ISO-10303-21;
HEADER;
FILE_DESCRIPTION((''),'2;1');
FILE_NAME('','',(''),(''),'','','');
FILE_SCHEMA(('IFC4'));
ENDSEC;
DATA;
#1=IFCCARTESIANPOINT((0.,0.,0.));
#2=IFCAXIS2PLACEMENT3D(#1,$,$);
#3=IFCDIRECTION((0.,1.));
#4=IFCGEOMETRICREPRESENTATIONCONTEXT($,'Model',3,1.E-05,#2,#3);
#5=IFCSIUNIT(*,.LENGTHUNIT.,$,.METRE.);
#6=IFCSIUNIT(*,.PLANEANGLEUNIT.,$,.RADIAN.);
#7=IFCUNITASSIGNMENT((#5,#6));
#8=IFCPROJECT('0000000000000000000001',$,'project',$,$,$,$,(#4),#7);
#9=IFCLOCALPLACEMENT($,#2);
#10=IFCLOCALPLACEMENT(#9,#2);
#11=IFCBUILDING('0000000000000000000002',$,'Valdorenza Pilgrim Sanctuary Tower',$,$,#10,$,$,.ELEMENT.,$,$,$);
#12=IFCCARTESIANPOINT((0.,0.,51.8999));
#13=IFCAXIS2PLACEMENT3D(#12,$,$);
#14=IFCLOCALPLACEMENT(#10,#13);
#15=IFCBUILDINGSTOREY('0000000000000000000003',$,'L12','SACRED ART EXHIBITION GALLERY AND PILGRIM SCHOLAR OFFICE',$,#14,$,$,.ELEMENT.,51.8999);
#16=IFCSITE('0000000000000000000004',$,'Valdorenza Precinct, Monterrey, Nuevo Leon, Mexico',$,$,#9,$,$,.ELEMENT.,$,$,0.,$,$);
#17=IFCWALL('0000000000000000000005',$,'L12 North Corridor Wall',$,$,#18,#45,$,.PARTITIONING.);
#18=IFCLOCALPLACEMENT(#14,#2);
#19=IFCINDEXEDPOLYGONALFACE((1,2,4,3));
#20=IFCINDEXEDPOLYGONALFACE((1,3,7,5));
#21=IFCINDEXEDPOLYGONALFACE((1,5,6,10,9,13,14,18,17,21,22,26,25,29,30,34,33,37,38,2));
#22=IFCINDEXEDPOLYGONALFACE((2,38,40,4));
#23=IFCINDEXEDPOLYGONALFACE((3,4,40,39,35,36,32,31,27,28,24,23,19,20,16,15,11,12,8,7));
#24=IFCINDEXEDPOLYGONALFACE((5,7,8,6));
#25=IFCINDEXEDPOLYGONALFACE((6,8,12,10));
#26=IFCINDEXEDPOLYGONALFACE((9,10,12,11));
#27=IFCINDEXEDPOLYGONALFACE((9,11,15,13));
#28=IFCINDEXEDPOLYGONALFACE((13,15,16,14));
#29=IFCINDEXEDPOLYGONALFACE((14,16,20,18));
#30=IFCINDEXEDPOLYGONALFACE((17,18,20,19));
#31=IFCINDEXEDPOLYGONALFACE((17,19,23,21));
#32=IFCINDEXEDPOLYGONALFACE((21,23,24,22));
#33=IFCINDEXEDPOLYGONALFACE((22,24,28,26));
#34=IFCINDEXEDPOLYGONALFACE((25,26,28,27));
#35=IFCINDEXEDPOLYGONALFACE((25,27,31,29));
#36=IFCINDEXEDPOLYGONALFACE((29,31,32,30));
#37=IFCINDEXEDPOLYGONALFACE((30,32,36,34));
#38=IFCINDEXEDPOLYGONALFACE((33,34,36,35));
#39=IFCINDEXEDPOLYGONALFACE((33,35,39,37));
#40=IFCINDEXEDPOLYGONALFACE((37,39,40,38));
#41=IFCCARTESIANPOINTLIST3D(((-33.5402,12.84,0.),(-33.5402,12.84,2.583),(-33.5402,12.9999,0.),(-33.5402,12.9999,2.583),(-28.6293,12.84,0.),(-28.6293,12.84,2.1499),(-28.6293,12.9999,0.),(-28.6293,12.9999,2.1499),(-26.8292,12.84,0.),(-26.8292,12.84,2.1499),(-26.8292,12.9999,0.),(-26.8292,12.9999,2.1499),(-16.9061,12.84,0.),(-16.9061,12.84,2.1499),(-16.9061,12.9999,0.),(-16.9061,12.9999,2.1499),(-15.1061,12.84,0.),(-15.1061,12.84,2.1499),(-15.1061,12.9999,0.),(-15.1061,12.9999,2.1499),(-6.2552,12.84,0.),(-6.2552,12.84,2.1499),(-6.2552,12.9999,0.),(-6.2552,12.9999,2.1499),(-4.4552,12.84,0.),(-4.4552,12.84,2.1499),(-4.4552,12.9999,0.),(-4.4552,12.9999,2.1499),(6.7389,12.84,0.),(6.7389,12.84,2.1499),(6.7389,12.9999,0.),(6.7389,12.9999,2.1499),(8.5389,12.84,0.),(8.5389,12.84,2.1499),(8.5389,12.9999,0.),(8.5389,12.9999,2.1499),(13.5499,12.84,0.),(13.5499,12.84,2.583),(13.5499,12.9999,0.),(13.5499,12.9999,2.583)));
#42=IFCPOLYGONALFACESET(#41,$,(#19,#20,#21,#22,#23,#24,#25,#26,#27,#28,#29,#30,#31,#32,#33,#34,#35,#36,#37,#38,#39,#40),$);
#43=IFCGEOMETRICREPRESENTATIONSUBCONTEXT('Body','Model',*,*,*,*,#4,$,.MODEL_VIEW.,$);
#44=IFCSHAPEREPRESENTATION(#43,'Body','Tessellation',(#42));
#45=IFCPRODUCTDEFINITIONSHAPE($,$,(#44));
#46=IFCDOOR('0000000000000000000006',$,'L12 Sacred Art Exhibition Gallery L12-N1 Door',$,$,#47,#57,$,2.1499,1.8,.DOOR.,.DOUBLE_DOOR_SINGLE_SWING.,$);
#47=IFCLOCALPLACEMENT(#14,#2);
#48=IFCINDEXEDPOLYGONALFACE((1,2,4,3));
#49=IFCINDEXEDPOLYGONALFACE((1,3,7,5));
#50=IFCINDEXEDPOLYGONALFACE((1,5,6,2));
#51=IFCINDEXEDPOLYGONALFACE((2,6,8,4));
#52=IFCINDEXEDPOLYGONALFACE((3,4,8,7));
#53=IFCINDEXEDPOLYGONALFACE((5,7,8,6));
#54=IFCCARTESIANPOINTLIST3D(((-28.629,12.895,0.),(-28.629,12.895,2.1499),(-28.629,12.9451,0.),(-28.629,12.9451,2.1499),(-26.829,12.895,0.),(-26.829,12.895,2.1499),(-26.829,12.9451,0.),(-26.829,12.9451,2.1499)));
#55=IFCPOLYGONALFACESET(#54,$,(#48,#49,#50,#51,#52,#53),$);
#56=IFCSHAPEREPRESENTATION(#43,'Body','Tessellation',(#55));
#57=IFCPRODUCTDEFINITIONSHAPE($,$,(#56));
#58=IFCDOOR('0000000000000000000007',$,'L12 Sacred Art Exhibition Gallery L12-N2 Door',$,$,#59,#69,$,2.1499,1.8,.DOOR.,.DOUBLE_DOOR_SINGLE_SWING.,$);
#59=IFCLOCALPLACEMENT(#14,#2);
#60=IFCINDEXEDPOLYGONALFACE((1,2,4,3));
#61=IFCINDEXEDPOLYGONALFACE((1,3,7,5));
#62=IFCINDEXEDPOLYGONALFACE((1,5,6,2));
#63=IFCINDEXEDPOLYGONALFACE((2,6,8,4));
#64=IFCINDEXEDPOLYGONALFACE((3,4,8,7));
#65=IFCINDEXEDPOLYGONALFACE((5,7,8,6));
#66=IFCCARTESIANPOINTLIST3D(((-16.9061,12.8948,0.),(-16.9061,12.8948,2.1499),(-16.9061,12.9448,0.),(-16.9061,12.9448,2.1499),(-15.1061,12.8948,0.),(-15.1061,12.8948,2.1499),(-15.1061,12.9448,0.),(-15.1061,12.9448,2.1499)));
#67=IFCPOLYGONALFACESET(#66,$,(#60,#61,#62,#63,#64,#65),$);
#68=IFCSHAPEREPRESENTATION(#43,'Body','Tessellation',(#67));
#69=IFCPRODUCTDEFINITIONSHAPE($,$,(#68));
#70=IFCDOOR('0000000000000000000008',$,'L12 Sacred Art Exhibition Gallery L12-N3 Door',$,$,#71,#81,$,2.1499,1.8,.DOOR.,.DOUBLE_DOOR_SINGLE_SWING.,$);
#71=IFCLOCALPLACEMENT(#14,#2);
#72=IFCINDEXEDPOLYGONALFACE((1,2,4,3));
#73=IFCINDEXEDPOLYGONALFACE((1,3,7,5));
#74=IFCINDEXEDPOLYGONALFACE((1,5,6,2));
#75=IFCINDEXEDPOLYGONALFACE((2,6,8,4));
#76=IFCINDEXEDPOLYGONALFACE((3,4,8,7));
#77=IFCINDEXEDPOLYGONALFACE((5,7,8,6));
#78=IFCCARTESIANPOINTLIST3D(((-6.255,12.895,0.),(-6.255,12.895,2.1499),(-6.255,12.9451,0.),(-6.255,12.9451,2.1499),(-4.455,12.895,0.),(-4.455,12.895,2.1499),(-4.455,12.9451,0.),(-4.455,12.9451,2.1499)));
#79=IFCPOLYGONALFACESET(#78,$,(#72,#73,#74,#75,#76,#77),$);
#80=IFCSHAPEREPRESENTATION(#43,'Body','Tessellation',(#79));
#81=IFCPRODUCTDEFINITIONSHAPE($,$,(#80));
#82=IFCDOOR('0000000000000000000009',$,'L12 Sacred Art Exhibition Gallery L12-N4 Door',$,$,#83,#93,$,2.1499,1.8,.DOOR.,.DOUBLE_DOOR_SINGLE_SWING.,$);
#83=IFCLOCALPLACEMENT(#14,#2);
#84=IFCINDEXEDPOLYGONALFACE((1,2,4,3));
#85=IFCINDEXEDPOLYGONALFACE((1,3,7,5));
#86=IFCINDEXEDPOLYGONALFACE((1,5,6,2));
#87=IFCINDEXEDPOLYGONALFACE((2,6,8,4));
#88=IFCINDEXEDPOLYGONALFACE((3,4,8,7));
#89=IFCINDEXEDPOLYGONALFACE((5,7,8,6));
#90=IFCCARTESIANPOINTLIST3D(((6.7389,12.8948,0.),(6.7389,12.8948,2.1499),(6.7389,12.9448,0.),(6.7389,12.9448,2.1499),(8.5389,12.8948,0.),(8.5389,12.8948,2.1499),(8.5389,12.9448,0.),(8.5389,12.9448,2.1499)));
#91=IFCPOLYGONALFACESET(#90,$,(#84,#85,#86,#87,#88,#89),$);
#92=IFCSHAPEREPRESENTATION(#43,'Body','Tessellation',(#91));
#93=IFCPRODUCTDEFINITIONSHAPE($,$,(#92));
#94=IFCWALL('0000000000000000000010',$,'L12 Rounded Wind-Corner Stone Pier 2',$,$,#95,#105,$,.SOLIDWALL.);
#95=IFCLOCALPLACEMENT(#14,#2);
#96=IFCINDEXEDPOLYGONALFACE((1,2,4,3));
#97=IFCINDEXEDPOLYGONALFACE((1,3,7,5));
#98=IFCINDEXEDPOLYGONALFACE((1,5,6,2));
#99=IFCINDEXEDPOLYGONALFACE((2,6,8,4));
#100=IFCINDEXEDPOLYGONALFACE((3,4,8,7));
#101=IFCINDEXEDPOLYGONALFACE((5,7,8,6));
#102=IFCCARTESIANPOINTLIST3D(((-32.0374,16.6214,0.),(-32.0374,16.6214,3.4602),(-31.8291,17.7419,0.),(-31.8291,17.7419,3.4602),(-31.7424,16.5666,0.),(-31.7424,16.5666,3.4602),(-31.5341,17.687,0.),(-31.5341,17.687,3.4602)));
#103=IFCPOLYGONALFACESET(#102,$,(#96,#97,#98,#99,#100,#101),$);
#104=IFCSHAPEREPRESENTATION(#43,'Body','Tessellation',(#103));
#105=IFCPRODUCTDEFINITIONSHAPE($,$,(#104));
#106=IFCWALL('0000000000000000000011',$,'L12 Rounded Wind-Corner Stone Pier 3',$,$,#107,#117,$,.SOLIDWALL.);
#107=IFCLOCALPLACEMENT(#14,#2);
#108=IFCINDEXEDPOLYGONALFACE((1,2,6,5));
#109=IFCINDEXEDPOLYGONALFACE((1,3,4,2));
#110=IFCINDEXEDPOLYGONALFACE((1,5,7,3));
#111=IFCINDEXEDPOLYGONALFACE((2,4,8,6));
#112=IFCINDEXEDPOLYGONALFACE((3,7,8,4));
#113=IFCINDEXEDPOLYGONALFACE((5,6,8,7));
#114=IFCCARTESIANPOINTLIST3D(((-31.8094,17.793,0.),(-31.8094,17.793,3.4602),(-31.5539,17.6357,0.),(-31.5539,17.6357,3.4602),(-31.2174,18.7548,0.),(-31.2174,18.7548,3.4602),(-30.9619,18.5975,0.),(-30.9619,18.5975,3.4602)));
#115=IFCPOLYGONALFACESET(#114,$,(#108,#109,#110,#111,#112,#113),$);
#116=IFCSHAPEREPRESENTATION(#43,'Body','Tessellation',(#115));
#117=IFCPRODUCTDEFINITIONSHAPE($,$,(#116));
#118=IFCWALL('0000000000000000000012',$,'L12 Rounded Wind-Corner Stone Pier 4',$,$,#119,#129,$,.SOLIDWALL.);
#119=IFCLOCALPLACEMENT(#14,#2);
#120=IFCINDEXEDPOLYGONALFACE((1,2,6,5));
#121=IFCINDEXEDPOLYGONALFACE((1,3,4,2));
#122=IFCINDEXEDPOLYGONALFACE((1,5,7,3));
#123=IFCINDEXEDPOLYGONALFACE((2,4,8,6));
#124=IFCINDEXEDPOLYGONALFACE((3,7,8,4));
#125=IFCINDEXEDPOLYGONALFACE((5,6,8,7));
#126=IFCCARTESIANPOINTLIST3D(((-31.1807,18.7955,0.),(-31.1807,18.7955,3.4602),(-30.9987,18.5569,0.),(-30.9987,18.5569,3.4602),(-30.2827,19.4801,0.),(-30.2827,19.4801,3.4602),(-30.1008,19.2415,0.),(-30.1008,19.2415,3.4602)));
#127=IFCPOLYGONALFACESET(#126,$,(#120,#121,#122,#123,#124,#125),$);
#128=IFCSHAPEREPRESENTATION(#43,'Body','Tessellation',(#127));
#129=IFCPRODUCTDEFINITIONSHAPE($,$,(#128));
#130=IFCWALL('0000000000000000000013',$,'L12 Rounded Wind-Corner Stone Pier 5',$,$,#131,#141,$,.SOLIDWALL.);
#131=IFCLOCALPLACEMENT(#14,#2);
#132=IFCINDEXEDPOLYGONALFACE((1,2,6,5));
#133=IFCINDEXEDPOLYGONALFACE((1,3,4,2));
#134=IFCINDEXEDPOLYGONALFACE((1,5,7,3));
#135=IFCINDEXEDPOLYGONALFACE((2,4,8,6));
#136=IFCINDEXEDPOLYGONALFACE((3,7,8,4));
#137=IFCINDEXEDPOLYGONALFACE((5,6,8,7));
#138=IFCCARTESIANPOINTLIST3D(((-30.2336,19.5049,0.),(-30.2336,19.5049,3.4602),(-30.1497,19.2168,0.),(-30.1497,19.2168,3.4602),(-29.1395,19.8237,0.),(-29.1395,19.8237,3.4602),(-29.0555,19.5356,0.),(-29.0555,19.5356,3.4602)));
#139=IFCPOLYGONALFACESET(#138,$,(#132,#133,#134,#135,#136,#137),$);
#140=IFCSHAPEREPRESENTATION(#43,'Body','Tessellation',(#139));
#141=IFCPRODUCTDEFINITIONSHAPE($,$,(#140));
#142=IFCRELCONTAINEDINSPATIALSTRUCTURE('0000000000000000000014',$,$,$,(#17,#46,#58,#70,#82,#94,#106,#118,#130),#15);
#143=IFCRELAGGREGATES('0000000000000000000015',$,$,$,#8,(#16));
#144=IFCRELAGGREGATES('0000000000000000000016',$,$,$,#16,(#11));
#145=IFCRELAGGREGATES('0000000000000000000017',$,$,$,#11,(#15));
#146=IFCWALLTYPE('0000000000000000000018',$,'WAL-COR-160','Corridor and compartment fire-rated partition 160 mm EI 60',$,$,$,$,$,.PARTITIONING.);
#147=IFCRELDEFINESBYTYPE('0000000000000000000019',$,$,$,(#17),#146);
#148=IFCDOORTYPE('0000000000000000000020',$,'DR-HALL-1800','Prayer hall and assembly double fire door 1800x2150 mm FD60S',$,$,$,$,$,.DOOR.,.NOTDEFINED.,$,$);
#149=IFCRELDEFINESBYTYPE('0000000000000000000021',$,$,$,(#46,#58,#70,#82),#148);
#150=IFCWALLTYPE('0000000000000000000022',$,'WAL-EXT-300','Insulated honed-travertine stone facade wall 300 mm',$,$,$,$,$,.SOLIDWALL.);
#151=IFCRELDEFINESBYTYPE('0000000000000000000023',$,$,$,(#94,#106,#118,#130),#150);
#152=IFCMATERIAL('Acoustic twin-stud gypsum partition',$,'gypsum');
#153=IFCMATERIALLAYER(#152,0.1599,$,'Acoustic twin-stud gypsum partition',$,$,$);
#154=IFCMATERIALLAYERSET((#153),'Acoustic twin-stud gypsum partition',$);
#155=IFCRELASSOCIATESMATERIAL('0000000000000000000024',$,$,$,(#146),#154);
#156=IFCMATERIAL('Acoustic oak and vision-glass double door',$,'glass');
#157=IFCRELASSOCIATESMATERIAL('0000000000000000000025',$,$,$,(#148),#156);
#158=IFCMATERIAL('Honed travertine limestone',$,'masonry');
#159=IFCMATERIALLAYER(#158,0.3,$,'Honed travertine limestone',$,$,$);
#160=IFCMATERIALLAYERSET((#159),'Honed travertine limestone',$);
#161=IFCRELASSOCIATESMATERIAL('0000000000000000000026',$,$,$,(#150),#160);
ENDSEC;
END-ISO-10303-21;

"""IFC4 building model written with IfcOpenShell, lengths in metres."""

from ifc_helpers import new_model, si_unit, direction, frame, frame_2d, origin, place, context, subcontext, project, spatial, rectangle, extrude, material, layer, layer_set, type_object, element, fill, save


model = new_model("IFC4")

# Units and contexts
model_context = context("Model", 3, precision=1e-05, world=origin(), true_north=direction((0.0, 1.0)))
body_context = subcontext(model_context, "Body", "Model", "MODEL_VIEW")
ifc_project = project(units=[si_unit("LENGTHUNIT", "METRE"), si_unit("PLANEANGLEUNIT", "RADIAN")], contexts=[model_context])

# Site, building, storey
site_placement = place(None, origin())
site = spatial("IfcSite", under=ifc_project, at=site_placement, Name="Valdorenza Precinct, Monterrey, Nuevo Leon, Mexico", CompositionType="ELEMENT", RefElevation=0.0)
building_placement = place(site_placement, origin())
building = spatial("IfcBuilding", under=site, at=building_placement, Name="Valdorenza Pilgrim Sanctuary Tower", CompositionType="ELEMENT")
storey_placement = place(building_placement, frame((0.0, 0.0, 51.8999)))
storey = spatial("IfcBuildingStorey", under=building, at=storey_placement, Name="L12", Description="SACRED ART EXHIBITION GALLERY AND PILGRIM SCHOLAR OFFICE", CompositionType="ELEMENT", Elevation=51.8999)

# Shared definitions
ifc_material_1 = material(Name="Honed travertine limestone", Category="masonry")

# Wall, openings, doors
ifc_material_2 = material(Name="Acoustic twin-stud gypsum partition", Category="gypsum")
ifc_layer_1 = layer(ifc_material_2, 0.1599, Name="Acoustic twin-stud gypsum partition")
ifc_layer_set_1 = layer_set([ifc_layer_1], Name="Acoustic twin-stud gypsum partition")
wall_type_1 = type_object("IfcWallType", Name="WAL-COR-160", Description="Corridor and compartment fire-rated partition 160 mm EI 60", PredefinedType="PARTITIONING", material=ifc_layer_set_1)
wall_1_placement = place(storey_placement, frame((-33.54, 12.9199, 0.0), z_axis=(0.0, 0.0, 1.0), x_axis=(1.0, 0.0, 0.0)))
wall_1 = element("IfcWall", 1, at=wall_1_placement, inside=storey, type_object=wall_type_1, Name="L12 North Corridor Wall", PredefinedType="PARTITIONING", context=body_context, shape_type="SweptSolid", body=[
    extrude(rectangle(XDim=47.0901, YDim=0.1599, at=frame_2d((23.5449, 0.0))), origin(), (0.0, 0.0, 1.0), 2.583),
])
opening_1_placement = place(wall_1_placement, frame((4.9109, 0.0, 0.0)))
opening_1 = element("IfcOpeningElement", 2, at=opening_1_placement, cuts=wall_1, PredefinedType="OPENING", context=body_context, shape_type="SweptSolid", body=[
    extrude(rectangle(XDim=1.8, YDim=2.1499, at=frame_2d((0.8999, 1.075))), frame((0.0, 0.0947, 0.0), z_axis=(0.0, -1.0, 0.0), x_axis=(1.0, 0.0, 0.0)), (0.0, 0.0, 1.0), 0.1897),
])
opening_2_placement = place(wall_1_placement, frame((16.634, 0.0, 0.0)))
opening_2 = element("IfcOpeningElement", 3, at=opening_2_placement, cuts=wall_1, PredefinedType="OPENING", context=body_context, shape_type="SweptSolid", body=[
    extrude(rectangle(XDim=1.8, YDim=2.1499, at=frame_2d((0.8999, 1.075))), frame((0.0, 0.0947, 0.0), z_axis=(0.0, -1.0, 0.0), x_axis=(1.0, 0.0, 0.0)), (0.0, 0.0, 1.0), 0.1897),
])
opening_3_placement = place(wall_1_placement, frame((27.2849, 0.0, 0.0)))
opening_3 = element("IfcOpeningElement", 4, at=opening_3_placement, cuts=wall_1, PredefinedType="OPENING", context=body_context, shape_type="SweptSolid", body=[
    extrude(rectangle(XDim=1.8, YDim=2.1499, at=frame_2d((0.8999, 1.075))), frame((0.0, 0.0947, 0.0), z_axis=(0.0, -1.0, 0.0), x_axis=(1.0, 0.0, 0.0)), (0.0, 0.0, 1.0), 0.1897),
])
opening_4_placement = place(wall_1_placement, frame((40.2791, 0.0, 0.0)))
opening_4 = element("IfcOpeningElement", 5, at=opening_4_placement, cuts=wall_1, PredefinedType="OPENING", context=body_context, shape_type="SweptSolid", body=[
    extrude(rectangle(XDim=1.8, YDim=2.1499, at=frame_2d((0.8999, 1.075))), frame((0.0, 0.0947, 0.0), z_axis=(0.0, -1.0, 0.0), x_axis=(1.0, 0.0, 0.0)), (0.0, 0.0, 1.0), 0.1897),
])
ifc_material_3 = material(Name="Acoustic oak and vision-glass double door", Category="glass")
door_type = type_object("IfcDoorType", Name="DR-HALL-1800", Description="Prayer hall and assembly double fire door 1800x2150 mm FD60S", OperationType="NOTDEFINED", PredefinedType="DOOR", material=ifc_material_3)
door_1_placement = place(opening_1_placement, frame((1.8, 0.0, 0.0), z_axis=(0.0, 0.0, 1.0), x_axis=(-1.0, 0.0, 0.0)))
door_1 = element("IfcDoor", 6, at=door_1_placement, inside=storey, type_object=door_type, Name="L12 Sacred Art Exhibition Gallery L12-N1 Door", OperationType="DOUBLE_DOOR_SINGLE_SWING", OverallHeight=2.1499, OverallWidth=1.8, PredefinedType="DOOR", context=body_context, shape_type="SweptSolid", body=[
    extrude(rectangle(XDim=1.8, YDim=2.1499, at=frame_2d((0.8999, 1.075))), frame((0.0, 0.0249, 0.0), z_axis=(0.0, -1.0, 0.0), x_axis=(1.0, 0.0, 0.0)), (0.0, 0.0, 1.0), 0.05),
])
fill(opening_1, door_1)
door_2_placement = place(opening_2_placement, origin())
door_2 = element("IfcDoor", 7, at=door_2_placement, inside=storey, type_object=door_type, Name="L12 Sacred Art Exhibition Gallery L12-N2 Door", OperationType="DOUBLE_DOOR_SINGLE_SWING", OverallHeight=2.1499, OverallWidth=1.8, PredefinedType="DOOR", context=body_context, shape_type="SweptSolid", body=[
    extrude(rectangle(XDim=1.8, YDim=2.1499, at=frame_2d((0.8999, 1.075))), frame((0.0, 0.0249, 0.0), z_axis=(0.0, -1.0, 0.0), x_axis=(1.0, 0.0, 0.0)), (0.0, 0.0, 1.0), 0.05),
])
fill(opening_2, door_2)
door_3_placement = place(opening_3_placement, frame((1.8, 0.0, 0.0), z_axis=(0.0, 0.0, 1.0), x_axis=(-1.0, 0.0, 0.0)))
door_3 = element("IfcDoor", 8, at=door_3_placement, inside=storey, type_object=door_type, Name="L12 Sacred Art Exhibition Gallery L12-N3 Door", OperationType="DOUBLE_DOOR_SINGLE_SWING", OverallHeight=2.1499, OverallWidth=1.8, PredefinedType="DOOR", context=body_context, shape_type="SweptSolid", body=[
    extrude(rectangle(XDim=1.8, YDim=2.1499, at=frame_2d((0.8999, 1.075))), frame((0.0, 0.0249, 0.0), z_axis=(0.0, -1.0, 0.0), x_axis=(1.0, 0.0, 0.0)), (0.0, 0.0, 1.0), 0.05),
])
fill(opening_3, door_3)
door_4_placement = place(opening_4_placement, origin())
door_4 = element("IfcDoor", 9, at=door_4_placement, inside=storey, type_object=door_type, Name="L12 Sacred Art Exhibition Gallery L12-N4 Door", OperationType="DOUBLE_DOOR_SINGLE_SWING", OverallHeight=2.1499, OverallWidth=1.8, PredefinedType="DOOR", context=body_context, shape_type="SweptSolid", body=[
    extrude(rectangle(XDim=1.8, YDim=2.1499, at=frame_2d((0.8999, 1.075))), frame((0.0, 0.0249, 0.0), z_axis=(0.0, -1.0, 0.0), x_axis=(1.0, 0.0, 0.0)), (0.0, 0.0, 1.0), 0.05),
])
fill(opening_4, door_4)

# Walls
ifc_layer_2 = layer(ifc_material_1, 0.3, Name="Honed travertine limestone")
ifc_layer_set_2 = layer_set([ifc_layer_2], Name="Honed travertine limestone")
wall_type_2 = type_object("IfcWallType", Name="WAL-EXT-300", Description="Insulated honed-travertine stone facade wall 300 mm", PredefinedType="SOLIDWALL", material=ifc_layer_set_2)
wall_2_placement = place(storey_placement, frame((-31.8899, 16.594, 0.0), z_axis=(0.0, 0.0, 1.0), x_axis=(0.182749, 0.98316, 0.0)))
element("IfcWall", 10, at=wall_2_placement, inside=storey, type_object=wall_type_2, Name="L12 Rounded Wind-Corner Stone Pier 2", PredefinedType="SOLIDWALL", context=body_context, shape_type="SweptSolid", body=[
    extrude(rectangle(XDim=1.1396, YDim=0.3, at=frame_2d((0.5698, 0.0))), origin(), (0.0, 0.0, 1.0), 3.4602),
])
wall_3_placement = place(storey_placement, frame((-31.6816, 17.7144, 0.0), z_axis=(0.0, 0.0, 1.0), x_axis=(0.524158, 0.851621, 0.0)))
element("IfcWall", 11, at=wall_3_placement, inside=storey, type_object=wall_type_2, Name="L12 Rounded Wind-Corner Stone Pier 3", PredefinedType="SOLIDWALL", context=body_context, shape_type="SweptSolid", body=[
    extrude(rectangle(XDim=1.1294, YDim=0.3, at=frame_2d((0.5647, 0.0))), origin(), (0.0, 0.0, 1.0), 3.4602),
])
wall_4_placement = place(storey_placement, frame((-31.0896, 18.6763, 0.0), z_axis=(0.0, 0.0, 1.0), x_axis=(0.795253, 0.606278, 0.0)))
element("IfcWall", 12, at=wall_4_placement, inside=storey, type_object=wall_type_2, Name="L12 Rounded Wind-Corner Stone Pier 4", PredefinedType="SOLIDWALL", context=body_context, shape_type="SweptSolid", body=[
    extrude(rectangle(XDim=1.1292, YDim=0.3, at=frame_2d((0.5645, 0.0))), origin(), (0.0, 0.0, 1.0), 3.4602),
])
wall_5_placement = place(storey_placement, frame((-30.1917, 19.3608, 0.0), z_axis=(0.0, 0.0, 1.0), x_axis=(0.960072, 0.279753, 0.0)))
element("IfcWall", 13, at=wall_5_placement, inside=storey, type_object=wall_type_2, Name="L12 Rounded Wind-Corner Stone Pier 5", PredefinedType="SOLIDWALL", context=body_context, shape_type="SweptSolid", body=[
    extrude(rectangle(XDim=1.1396, YDim=0.3, at=frame_2d((0.5698, 0.0))), origin(), (0.0, 0.0, 1.0), 3.4602),
])

save(model, "model.ifc")
